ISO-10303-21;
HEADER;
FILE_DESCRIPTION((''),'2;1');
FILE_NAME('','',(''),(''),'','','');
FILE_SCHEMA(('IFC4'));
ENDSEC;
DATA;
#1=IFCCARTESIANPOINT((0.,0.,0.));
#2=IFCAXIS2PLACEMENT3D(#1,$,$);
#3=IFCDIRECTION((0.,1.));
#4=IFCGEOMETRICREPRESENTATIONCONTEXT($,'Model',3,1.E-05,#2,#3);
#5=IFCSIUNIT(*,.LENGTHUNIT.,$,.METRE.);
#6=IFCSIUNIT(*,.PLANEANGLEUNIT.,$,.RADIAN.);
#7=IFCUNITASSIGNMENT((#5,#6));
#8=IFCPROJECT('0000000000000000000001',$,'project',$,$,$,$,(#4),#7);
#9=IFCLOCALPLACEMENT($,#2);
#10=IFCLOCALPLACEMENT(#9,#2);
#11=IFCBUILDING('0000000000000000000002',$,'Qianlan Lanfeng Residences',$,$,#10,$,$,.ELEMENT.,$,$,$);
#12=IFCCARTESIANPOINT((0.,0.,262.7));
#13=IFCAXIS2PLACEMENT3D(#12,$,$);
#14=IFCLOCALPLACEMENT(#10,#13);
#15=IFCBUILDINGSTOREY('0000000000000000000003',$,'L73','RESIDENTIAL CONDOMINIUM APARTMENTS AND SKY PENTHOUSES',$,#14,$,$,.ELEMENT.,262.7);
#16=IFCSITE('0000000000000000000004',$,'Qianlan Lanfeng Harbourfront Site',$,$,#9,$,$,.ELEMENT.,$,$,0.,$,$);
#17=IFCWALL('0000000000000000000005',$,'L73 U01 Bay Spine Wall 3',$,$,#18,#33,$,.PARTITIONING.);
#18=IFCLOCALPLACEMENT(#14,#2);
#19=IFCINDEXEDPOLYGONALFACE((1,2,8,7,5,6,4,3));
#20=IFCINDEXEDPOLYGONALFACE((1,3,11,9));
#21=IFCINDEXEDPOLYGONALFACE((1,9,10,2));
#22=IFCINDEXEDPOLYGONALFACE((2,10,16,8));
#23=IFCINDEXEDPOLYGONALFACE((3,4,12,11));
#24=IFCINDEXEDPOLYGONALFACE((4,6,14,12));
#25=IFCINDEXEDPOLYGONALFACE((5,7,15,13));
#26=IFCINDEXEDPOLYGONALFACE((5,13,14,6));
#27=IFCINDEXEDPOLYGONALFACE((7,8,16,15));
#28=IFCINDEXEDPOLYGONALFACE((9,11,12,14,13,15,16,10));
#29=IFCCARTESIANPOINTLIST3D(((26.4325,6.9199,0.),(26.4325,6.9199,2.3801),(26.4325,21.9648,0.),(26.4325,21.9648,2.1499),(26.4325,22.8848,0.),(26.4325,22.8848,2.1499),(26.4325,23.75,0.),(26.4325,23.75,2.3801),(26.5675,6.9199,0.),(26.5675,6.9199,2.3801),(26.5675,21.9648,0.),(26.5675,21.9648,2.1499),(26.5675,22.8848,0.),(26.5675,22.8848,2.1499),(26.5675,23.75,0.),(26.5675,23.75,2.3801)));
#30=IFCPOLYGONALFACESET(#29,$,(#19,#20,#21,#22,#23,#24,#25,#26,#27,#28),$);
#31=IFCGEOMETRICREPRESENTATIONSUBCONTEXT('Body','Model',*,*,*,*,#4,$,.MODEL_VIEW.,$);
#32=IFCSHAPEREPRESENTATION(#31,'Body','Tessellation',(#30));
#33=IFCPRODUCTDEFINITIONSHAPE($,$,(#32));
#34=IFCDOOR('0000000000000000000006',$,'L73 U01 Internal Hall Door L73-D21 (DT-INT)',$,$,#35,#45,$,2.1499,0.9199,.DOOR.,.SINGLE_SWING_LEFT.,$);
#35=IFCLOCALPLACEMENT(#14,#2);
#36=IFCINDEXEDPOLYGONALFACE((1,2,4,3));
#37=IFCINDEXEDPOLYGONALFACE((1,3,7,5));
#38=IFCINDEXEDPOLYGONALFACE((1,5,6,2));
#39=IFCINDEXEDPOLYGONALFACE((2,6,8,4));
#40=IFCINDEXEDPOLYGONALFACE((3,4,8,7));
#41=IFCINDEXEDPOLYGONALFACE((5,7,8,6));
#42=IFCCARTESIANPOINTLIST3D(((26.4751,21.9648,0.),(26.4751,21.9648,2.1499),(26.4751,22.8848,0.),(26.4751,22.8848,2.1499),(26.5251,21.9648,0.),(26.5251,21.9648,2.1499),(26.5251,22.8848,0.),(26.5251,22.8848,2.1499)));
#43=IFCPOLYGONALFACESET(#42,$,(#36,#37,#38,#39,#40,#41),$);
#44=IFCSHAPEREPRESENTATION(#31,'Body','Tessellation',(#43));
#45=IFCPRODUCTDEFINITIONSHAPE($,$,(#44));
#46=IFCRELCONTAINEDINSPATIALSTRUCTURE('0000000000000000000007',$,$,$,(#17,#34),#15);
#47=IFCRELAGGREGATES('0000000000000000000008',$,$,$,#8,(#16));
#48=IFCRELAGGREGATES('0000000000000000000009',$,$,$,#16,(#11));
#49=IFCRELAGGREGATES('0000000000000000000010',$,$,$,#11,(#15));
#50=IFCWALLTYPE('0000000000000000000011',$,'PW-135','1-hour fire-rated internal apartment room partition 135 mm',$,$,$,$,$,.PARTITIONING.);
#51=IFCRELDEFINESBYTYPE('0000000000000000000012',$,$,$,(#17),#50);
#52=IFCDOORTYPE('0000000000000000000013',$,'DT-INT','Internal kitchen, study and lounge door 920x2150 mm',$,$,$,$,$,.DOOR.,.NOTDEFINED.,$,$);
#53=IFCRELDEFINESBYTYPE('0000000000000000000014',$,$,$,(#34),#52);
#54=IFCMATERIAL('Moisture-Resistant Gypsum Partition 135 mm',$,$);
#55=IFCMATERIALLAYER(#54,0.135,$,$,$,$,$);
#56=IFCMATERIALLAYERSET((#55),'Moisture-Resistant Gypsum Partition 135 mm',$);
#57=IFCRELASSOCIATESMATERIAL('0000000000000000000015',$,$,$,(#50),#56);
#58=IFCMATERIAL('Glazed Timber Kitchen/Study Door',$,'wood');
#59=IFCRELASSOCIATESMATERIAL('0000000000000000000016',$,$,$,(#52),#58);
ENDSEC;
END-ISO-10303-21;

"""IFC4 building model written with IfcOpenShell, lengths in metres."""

from ifc_helpers import new_model, si_unit, direction, frame, frame_2d, origin, place, context, subcontext, project, spatial, rectangle, extrude, material, layer, layer_set, type_object, element, fill, save


model = new_model("IFC4")

# Units and contexts
model_context = context("Model", 3, precision=1e-05, world=origin(), true_north=direction((0.0, 1.0)))
body_context = subcontext(model_context, "Body", "Model", "MODEL_VIEW")
ifc_project = project(units=[si_unit("LENGTHUNIT", "METRE"), si_unit("PLANEANGLEUNIT", "RADIAN")], contexts=[model_context])

# Site, building, storey
site_placement = place(None, origin())
site = spatial("IfcSite", under=ifc_project, at=site_placement, Name="Qianlan Lanfeng Harbourfront Site", CompositionType="ELEMENT", RefElevation=0.0)
building_placement = place(site_placement, origin())
building = spatial("IfcBuilding", under=site, at=building_placement, Name="Qianlan Lanfeng Residences", CompositionType="ELEMENT")
storey_placement = place(building_placement, frame((0.0, 0.0, 262.7)))
storey = spatial("IfcBuildingStorey", under=building, at=storey_placement, Name="L73", Description="RESIDENTIAL CONDOMINIUM APARTMENTS AND SKY PENTHOUSES", CompositionType="ELEMENT", Elevation=262.7)

# Wall, opening, door
ifc_material_1 = material(Name="Moisture-Resistant Gypsum Partition 135 mm")
ifc_layer_1 = layer(ifc_material_1, 0.135)
ifc_layer_set_1 = layer_set([ifc_layer_1], Name="Moisture-Resistant Gypsum Partition 135 mm")
wall_type_1 = type_object("IfcWallType", Name="PW-135", Description="1-hour fire-rated internal apartment room partition 135 mm", PredefinedType="PARTITIONING", material=ifc_layer_set_1)
wall_1_placement = place(storey_placement, frame((26.5, 6.9199, 0.0), z_axis=(0.0, 0.0, 1.0), x_axis=(0.0, 1.0, 0.0)))
wall_1 = element("IfcWall", 1, at=wall_1_placement, inside=storey, type_object=wall_type_1, Name="L73 U01 Bay Spine Wall 3", PredefinedType="PARTITIONING", context=body_context, shape_type="SweptSolid", body=[
    extrude(rectangle(XDim=16.8301, YDim=0.135, at=frame_2d((8.415, 0.0))), origin(), (0.0, 0.0, 1.0), 2.3801),
])
opening_placement = place(wall_1_placement, frame((15.0449, 0.0, 0.0)))
opening = element("IfcOpeningElement", 2, at=opening_placement, cuts=wall_1, PredefinedType="OPENING", context=body_context, shape_type="SweptSolid", body=[
    extrude(rectangle(XDim=0.9199, YDim=2.1499, at=frame_2d((0.46, 1.075))), frame((0.0, 0.0776, 0.0), z_axis=(0.0, -1.0, 0.0), x_axis=(1.0, 0.0, 0.0)), (0.0, 0.0, 1.0), 0.155),
])
ifc_material_2 = material(Name="Glazed Timber Kitchen/Study Door", Category="wood")
door_type = type_object("IfcDoorType", Name="DT-INT", Description="Internal kitchen, study and lounge door 920x2150 mm", OperationType="NOTDEFINED", PredefinedType="DOOR", material=ifc_material_2)
door_placement = place(opening_placement, origin())
door = element("IfcDoor", 3, at=door_placement, inside=storey, type_object=door_type, Name="L73 U01 Internal Hall Door L73-D21 (DT-INT)", OperationType="SINGLE_SWING_LEFT", OverallHeight=2.1499, OverallWidth=0.9199, PredefinedType="DOOR", context=body_context, shape_type="SweptSolid", body=[
    extrude(rectangle(XDim=0.9199, YDim=2.1499, at=frame_2d((0.46, 1.075))), frame((0.0, 0.0249, 0.0), z_axis=(0.0, -1.0, 0.0), x_axis=(1.0, 0.0, 0.0)), (0.0, 0.0, 1.0), 0.05),
])
fill(opening, door)

save(model, "model.ifc")
